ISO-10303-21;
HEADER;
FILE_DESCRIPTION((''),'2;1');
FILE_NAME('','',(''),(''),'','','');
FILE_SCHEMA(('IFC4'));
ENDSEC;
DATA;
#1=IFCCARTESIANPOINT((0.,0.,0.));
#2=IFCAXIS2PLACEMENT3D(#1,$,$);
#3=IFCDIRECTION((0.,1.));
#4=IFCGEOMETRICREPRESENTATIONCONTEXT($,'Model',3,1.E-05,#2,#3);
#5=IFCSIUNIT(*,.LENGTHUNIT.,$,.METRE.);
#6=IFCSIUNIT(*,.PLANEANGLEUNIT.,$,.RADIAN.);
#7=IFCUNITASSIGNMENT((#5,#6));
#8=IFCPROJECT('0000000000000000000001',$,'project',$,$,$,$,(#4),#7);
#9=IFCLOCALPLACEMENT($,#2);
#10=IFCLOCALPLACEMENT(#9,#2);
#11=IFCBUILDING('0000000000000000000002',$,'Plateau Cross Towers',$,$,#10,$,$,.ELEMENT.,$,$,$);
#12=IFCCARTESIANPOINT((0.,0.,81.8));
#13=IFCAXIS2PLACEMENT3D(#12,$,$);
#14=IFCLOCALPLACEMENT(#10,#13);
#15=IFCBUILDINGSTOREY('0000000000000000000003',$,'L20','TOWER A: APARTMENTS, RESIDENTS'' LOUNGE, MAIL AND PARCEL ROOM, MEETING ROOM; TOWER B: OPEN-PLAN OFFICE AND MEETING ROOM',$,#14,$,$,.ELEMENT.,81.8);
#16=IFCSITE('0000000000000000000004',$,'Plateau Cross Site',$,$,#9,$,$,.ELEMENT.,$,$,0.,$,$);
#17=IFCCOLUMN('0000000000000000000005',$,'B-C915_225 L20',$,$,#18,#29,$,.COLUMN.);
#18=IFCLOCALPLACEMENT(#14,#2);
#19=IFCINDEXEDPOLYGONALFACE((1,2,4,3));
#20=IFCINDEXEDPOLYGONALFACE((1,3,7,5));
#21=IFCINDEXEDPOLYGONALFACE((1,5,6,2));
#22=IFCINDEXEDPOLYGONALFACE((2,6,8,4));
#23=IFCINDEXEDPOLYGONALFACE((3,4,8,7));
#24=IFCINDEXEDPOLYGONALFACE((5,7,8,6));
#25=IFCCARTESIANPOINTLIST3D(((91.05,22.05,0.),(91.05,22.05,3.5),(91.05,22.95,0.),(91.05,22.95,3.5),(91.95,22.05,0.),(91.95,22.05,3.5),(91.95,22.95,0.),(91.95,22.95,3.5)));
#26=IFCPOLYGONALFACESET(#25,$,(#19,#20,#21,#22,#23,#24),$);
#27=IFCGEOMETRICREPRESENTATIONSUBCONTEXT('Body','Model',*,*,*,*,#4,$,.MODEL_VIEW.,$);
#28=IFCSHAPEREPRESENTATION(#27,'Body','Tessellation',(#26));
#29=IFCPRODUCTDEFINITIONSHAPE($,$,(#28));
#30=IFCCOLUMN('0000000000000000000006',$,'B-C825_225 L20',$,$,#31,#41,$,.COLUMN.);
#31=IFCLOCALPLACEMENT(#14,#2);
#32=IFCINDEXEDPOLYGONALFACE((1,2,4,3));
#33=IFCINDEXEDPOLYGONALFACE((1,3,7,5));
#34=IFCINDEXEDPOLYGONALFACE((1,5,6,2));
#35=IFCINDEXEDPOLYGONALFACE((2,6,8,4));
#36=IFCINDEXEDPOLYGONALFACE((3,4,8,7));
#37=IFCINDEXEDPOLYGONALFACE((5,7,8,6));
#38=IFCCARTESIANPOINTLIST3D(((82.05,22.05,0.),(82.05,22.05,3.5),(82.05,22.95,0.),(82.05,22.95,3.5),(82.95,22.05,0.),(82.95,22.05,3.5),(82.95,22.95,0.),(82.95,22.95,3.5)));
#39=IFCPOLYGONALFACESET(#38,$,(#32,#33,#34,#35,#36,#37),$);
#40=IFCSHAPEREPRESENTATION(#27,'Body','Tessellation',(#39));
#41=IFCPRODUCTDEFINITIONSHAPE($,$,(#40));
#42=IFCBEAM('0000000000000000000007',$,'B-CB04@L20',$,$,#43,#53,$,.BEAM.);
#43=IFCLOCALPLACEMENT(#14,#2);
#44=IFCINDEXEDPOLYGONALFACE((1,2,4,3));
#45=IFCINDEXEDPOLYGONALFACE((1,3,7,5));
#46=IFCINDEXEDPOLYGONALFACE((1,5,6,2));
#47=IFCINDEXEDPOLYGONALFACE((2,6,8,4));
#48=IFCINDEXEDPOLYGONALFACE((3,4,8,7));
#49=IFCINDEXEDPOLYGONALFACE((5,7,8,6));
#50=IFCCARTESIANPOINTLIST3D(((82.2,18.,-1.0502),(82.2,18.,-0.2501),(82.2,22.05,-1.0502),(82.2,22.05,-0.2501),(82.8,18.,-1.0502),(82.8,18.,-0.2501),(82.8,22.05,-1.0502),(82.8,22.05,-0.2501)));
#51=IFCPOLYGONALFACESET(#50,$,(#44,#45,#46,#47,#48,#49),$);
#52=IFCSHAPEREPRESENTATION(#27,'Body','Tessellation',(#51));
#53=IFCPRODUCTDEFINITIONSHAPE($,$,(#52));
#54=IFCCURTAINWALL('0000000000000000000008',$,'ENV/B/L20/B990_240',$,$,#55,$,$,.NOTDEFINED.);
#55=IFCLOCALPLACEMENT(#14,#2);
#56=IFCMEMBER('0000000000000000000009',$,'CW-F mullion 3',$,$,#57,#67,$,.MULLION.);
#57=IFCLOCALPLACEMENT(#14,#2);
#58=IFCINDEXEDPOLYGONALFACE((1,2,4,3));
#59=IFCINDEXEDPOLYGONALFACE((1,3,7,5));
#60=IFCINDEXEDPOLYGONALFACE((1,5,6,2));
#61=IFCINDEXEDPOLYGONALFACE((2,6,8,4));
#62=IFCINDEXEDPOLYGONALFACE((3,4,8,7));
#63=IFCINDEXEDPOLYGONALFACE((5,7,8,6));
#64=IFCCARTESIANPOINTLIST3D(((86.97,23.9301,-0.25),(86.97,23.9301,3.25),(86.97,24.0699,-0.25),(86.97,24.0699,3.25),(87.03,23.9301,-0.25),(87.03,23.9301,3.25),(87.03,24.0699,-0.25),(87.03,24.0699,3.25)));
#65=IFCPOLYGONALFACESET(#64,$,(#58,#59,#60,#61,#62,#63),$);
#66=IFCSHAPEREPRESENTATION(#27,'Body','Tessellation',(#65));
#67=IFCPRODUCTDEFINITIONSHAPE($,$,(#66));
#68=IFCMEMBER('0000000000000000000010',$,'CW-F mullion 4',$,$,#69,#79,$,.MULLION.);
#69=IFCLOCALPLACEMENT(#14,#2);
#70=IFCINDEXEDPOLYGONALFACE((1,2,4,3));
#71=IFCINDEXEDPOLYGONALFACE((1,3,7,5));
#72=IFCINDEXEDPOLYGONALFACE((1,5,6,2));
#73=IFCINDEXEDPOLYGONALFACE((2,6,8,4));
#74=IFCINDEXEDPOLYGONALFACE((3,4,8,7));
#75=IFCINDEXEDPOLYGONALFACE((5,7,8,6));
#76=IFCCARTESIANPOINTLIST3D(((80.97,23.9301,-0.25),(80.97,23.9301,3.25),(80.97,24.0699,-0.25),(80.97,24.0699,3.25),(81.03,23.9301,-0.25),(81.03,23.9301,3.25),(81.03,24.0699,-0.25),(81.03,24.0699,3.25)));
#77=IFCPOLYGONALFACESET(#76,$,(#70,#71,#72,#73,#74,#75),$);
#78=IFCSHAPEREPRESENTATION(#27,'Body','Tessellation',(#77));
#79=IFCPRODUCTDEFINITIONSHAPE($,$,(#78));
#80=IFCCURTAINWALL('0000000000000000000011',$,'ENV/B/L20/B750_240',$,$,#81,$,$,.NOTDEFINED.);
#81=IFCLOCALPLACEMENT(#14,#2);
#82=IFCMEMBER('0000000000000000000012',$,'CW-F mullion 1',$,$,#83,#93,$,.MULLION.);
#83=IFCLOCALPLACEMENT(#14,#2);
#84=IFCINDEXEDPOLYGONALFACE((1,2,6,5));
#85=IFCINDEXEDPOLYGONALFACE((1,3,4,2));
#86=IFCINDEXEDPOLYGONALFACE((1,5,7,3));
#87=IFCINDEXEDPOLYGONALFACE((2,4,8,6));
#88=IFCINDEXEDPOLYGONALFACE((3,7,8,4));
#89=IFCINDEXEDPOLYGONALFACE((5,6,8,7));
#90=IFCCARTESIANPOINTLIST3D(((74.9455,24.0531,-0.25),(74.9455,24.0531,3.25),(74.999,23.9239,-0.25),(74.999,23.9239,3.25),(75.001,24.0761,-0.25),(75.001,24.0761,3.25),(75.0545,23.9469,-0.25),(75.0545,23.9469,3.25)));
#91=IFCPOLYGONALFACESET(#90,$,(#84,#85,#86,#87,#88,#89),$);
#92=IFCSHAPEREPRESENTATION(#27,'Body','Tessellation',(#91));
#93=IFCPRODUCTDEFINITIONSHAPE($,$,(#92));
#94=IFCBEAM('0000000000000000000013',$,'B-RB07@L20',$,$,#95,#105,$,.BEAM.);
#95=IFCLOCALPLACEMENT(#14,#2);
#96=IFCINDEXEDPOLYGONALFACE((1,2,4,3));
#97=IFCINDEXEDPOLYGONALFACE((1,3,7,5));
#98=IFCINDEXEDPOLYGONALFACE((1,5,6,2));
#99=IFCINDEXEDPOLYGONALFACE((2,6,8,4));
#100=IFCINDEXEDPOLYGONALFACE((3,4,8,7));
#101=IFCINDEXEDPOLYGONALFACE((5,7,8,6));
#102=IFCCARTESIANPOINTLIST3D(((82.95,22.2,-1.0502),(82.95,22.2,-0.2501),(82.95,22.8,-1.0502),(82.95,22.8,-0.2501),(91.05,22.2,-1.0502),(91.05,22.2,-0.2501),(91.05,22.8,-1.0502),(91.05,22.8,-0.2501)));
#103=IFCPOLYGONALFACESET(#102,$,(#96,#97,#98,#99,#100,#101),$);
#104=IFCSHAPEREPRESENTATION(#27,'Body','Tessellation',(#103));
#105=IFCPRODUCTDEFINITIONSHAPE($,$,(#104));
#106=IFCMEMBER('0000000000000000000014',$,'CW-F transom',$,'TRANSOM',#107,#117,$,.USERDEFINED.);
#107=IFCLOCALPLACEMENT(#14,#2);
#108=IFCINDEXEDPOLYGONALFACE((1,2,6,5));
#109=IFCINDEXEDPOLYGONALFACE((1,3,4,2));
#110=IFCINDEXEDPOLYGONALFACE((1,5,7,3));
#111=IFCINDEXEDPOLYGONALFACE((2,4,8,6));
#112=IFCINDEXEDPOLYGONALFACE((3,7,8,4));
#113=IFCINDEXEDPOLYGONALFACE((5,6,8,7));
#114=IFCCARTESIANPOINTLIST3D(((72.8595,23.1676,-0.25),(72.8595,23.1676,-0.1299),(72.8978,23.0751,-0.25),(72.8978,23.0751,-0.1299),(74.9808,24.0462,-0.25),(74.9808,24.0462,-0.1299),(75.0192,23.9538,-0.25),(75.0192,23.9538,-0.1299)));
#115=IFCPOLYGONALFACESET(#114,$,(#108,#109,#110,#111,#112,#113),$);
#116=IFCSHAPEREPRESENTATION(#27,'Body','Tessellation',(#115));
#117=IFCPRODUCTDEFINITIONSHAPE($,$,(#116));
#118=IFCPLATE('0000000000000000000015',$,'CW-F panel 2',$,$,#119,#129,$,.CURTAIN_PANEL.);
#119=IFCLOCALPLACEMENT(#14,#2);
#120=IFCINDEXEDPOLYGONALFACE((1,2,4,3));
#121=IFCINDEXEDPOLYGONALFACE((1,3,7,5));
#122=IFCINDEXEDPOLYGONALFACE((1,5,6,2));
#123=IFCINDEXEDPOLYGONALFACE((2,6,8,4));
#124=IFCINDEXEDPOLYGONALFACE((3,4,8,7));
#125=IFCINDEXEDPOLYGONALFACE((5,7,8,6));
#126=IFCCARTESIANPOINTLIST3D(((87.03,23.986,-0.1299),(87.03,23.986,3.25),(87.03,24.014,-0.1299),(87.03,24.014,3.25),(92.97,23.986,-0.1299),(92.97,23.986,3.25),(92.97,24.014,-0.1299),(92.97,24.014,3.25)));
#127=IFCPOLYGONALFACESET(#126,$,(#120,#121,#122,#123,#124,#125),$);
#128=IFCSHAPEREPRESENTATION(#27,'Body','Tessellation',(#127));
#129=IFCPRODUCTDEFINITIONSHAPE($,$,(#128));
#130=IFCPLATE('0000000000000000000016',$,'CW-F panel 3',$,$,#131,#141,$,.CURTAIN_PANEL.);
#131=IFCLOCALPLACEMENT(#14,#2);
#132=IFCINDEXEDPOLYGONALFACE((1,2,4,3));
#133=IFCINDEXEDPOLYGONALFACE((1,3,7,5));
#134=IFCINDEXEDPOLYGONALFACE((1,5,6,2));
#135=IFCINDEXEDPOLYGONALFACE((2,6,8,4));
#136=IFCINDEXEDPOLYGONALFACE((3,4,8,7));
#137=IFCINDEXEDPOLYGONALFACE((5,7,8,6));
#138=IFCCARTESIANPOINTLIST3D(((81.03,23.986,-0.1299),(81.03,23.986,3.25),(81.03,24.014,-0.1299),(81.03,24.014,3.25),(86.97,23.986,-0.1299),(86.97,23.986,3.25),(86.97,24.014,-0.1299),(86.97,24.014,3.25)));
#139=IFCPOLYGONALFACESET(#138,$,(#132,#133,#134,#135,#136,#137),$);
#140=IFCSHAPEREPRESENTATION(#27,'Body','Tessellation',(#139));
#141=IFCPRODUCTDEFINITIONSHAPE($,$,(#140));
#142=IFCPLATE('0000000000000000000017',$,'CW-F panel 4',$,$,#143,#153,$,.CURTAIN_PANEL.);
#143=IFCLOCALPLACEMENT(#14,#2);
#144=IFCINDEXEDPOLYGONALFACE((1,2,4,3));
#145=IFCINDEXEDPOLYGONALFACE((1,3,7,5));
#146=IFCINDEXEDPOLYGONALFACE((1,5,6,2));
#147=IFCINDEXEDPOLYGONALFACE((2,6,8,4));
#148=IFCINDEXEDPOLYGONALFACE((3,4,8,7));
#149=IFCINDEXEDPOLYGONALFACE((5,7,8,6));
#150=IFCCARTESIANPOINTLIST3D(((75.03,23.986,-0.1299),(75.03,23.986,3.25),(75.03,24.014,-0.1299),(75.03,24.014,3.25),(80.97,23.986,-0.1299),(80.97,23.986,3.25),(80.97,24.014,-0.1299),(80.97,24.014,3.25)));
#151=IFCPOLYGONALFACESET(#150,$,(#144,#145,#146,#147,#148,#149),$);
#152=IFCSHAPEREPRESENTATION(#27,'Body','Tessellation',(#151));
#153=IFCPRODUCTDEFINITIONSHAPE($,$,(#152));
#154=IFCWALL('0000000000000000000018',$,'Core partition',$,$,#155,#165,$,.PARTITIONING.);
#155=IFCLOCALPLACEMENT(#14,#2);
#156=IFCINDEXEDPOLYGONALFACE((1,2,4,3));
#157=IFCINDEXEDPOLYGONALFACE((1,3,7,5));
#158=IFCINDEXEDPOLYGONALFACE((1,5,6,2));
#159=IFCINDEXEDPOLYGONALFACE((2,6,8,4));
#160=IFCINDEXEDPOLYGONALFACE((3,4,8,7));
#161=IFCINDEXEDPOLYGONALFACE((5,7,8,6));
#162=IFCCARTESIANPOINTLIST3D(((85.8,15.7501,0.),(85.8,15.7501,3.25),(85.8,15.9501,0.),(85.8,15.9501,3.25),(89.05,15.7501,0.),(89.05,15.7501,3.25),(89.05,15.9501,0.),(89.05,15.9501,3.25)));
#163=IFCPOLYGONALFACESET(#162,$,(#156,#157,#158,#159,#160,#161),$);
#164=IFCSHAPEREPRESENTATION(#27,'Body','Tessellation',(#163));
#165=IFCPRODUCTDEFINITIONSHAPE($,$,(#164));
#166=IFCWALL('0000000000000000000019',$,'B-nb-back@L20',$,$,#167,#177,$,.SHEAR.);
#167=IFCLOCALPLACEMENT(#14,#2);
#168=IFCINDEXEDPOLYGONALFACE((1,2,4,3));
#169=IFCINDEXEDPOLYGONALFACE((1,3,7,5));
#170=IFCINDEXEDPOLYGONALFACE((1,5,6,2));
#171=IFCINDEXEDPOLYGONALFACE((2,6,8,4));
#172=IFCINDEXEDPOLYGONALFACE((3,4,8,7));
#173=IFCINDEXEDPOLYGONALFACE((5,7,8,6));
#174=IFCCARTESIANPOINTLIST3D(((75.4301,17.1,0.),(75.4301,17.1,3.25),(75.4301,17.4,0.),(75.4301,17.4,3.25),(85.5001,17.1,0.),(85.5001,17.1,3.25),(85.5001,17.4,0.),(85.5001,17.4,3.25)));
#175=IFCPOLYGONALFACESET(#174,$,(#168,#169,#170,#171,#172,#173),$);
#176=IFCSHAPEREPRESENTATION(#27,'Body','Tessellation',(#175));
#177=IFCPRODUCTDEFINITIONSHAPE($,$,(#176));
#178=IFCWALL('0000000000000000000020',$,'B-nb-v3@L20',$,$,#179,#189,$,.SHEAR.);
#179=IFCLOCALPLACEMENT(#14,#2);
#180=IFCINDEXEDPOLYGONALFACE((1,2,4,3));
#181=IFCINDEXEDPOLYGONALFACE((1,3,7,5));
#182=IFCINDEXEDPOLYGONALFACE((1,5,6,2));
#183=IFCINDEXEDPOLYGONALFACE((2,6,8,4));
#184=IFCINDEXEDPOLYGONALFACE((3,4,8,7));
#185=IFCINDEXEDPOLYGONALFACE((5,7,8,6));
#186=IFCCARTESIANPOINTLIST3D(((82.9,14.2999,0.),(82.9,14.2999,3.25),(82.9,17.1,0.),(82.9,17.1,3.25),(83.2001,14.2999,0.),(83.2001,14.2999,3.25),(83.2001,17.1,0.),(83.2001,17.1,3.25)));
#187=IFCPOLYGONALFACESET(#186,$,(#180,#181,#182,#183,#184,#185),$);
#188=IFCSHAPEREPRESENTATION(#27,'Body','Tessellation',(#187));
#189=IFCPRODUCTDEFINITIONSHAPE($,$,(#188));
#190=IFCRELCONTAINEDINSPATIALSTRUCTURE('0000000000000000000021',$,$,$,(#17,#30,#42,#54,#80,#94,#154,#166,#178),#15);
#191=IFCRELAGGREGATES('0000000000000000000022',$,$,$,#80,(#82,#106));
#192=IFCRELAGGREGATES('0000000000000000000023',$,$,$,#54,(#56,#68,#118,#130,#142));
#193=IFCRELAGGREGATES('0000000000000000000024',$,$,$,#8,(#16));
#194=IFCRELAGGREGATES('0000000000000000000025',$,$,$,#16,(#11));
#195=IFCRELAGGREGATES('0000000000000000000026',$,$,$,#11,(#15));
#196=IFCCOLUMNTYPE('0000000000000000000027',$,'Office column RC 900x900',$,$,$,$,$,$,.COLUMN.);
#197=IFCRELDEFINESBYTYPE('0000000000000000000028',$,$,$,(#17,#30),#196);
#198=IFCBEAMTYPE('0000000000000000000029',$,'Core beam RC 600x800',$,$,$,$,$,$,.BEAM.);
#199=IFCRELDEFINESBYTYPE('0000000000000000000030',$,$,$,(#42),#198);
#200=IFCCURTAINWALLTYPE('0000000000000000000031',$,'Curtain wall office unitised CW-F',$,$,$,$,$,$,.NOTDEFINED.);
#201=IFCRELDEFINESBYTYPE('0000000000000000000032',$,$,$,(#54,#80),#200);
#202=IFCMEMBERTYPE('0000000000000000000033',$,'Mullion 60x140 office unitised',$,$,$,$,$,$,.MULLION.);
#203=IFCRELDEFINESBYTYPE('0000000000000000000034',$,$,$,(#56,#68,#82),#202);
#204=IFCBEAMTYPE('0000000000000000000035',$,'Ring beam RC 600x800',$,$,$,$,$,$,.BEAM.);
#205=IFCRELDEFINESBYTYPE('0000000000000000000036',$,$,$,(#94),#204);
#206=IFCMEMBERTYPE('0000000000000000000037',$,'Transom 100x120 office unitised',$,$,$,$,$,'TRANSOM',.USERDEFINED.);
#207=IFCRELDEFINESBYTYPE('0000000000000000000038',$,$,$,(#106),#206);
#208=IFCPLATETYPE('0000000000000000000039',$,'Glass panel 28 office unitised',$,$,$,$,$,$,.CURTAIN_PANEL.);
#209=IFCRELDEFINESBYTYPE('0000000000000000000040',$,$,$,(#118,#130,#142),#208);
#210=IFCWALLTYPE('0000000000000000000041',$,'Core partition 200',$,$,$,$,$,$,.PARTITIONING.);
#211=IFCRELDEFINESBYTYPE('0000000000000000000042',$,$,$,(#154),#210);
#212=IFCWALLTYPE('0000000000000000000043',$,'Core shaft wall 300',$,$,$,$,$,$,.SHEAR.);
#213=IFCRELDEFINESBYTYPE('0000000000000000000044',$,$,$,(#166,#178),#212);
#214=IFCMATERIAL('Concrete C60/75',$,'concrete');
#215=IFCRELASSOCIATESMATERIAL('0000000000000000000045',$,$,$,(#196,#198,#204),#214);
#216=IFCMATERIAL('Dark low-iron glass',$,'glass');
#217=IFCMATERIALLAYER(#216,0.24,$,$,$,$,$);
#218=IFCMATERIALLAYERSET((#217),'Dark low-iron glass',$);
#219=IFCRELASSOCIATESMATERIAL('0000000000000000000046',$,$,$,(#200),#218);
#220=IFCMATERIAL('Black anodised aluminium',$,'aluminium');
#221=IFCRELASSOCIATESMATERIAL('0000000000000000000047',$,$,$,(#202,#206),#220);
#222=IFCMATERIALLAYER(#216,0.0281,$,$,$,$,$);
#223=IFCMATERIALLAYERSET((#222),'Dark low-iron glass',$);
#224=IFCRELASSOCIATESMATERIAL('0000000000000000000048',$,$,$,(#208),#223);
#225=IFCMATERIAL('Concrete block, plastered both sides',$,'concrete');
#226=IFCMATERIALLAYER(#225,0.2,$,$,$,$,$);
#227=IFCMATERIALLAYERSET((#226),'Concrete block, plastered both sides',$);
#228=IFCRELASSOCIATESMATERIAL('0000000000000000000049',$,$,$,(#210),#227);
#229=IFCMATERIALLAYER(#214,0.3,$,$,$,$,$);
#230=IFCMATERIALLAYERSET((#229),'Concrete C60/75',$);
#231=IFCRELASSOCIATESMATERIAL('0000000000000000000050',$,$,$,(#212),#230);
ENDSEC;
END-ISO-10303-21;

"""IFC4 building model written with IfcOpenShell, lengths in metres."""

from ifc_helpers import new_model, si_unit, direction, frame, frame_2d, origin, origin_2d, place, context, subcontext, project, spatial, rectangle, extrude, material, layer, layer_set, material_profile, profile_set, type_object, element, aggregate, save


model = new_model("IFC4")

# Units and contexts
model_context = context("Model", 3, precision=1e-05, world=origin(), true_north=direction((0.0, 1.0)))
body_context = subcontext(model_context, "Body", "Model", "MODEL_VIEW")
ifc_project = project(units=[si_unit("LENGTHUNIT", "METRE"), si_unit("PLANEANGLEUNIT", "RADIAN")], contexts=[model_context])

# Site, building, storey
site_placement = place(None, origin())
site = spatial("IfcSite", under=ifc_project, at=site_placement, Name="Plateau Cross Site", CompositionType="ELEMENT", RefElevation=0.0)
building_placement = place(site_placement, origin())
building = spatial("IfcBuilding", under=site, at=building_placement, Name="Plateau Cross Towers", CompositionType="ELEMENT")
storey_placement = place(building_placement, frame((0.0, 0.0, 81.8)))
storey = spatial("IfcBuildingStorey", under=building, at=storey_placement, Name="L20", Description="TOWER A: APARTMENTS, RESIDENTS' LOUNGE, MAIL AND PARCEL ROOM, MEETING ROOM; TOWER B: OPEN-PLAN OFFICE AND MEETING ROOM", CompositionType="ELEMENT", Elevation=81.8)

# Columns
ifc_material_1 = material(Name="Concrete C60/75", Category="concrete")
ifc_material_profile_1 = material_profile(ifc_material_1, rectangle(XDim=0.8999, YDim=0.8999, at=origin_2d()), Name="RC 900x900")
ifc_profile_set_1 = profile_set([ifc_material_profile_1], Name="Concrete C60/75")
column_type = type_object("IfcColumnType", Name="Office column RC 900x900", PredefinedType="COLUMN", material=ifc_profile_set_1)
for number, where, z_axis, x_axis, name in (
    (1, (91.5, 22.5, 0.0), (0.0, 0.0, 1.0), (1.0, 0.0, 0.0), "B-C915_225 L20"),
    (2, (82.5, 22.5, 0.0), (0.0, 0.0, 1.0), (1.0, 0.0, 0.0), "B-C825_225 L20"),
):
    element("IfcColumn", number, at=place(storey_placement, frame(where, z_axis=z_axis, x_axis=x_axis)), inside=storey, type_object=column_type, Name=name, PredefinedType="COLUMN", context=body_context, shape_type="SweptSolid", body=[
        extrude(rectangle(XDim=0.8999, YDim=0.8999, at=origin_2d()), origin(), (0.0, 0.0, 1.0), 3.5),
    ])

# Beam
ifc_material_profile_2 = material_profile(ifc_material_1, rectangle(XDim=0.6001, YDim=0.8, at=origin_2d()), Name="RC 600x800")
ifc_profile_set_2 = profile_set([ifc_material_profile_2], Name="Concrete C60/75")
beam_type_1 = type_object("IfcBeamType", Name="Core beam RC 600x800", PredefinedType="BEAM", material=ifc_profile_set_2)
beam_1_placement = place(storey_placement, frame((82.5, 18.0, -0.6501), z_axis=(0.0, 1.0, 0.0), x_axis=(-1.0, 0.0, 0.0)))
element("IfcBeam", 3, at=beam_1_placement, inside=storey, type_object=beam_type_1, Name="B-CB04@L20", PredefinedType="BEAM", context=body_context, shape_type="SweptSolid", body=[
    extrude(rectangle(XDim=0.6001, YDim=0.8, at=origin_2d()), origin(), (0.0, 0.0, 1.0), 4.05),
])

# Curtain wall, members
ifc_material_2 = material(Name="Dark low-iron glass", Category="glass")
ifc_layer_1 = layer(ifc_material_2, 0.24)
ifc_layer_set_1 = layer_set([ifc_layer_1], Name="Dark low-iron glass")
curtain_wall_type = type_object("IfcCurtainWallType", Name="Curtain wall office unitised CW-F", PredefinedType="NOTDEFINED", material=ifc_layer_set_1)
curtain_wall_1_placement = place(storey_placement, origin())
curtain_wall_1 = element("IfcCurtainWall", 4, at=curtain_wall_1_placement, inside=storey, type_object=curtain_wall_type, Name="ENV/B/L20/B990_240", PredefinedType="NOTDEFINED")
ifc_material_3 = material(Name="Black anodised aluminium", Category="aluminium")
ifc_material_profile_3 = material_profile(ifc_material_3, rectangle(XDim=0.0601, YDim=0.1399, at=origin_2d()), Name="MULLION 60x140")
ifc_profile_set_3 = profile_set([ifc_material_profile_3], Name="Black anodised aluminium")
member_type_1 = type_object("IfcMemberType", Name="Mullion 60x140 office unitised", PredefinedType="MULLION", material=ifc_profile_set_3)
member_1_placement = place(storey_placement, frame((87.0, 24.0, -0.25), z_axis=(0.0, 0.0, 1.0), x_axis=(-1.0, 0.0, 0.0)))
member_1 = element("IfcMember", 5, at=member_1_placement, type_object=member_type_1, Name="CW-F mullion 3", PredefinedType="MULLION", context=body_context, shape_type="SweptSolid", body=[
    extrude(rectangle(XDim=0.0601, YDim=0.1399, at=origin_2d()), origin(), (0.0, 0.0, 1.0), 3.5),
])
member_2_placement = place(storey_placement, frame((81.0, 24.0, -0.25), z_axis=(0.0, 0.0, 1.0), x_axis=(-1.0, 0.0, 0.0)))
member_2 = element("IfcMember", 6, at=member_2_placement, type_object=member_type_1, Name="CW-F mullion 4", PredefinedType="MULLION", context=body_context, shape_type="SweptSolid", body=[
    extrude(rectangle(XDim=0.0601, YDim=0.1399, at=origin_2d()), origin(), (0.0, 0.0, 1.0), 3.5),
])

# Curtain wall, member
curtain_wall_2_placement = place(storey_placement, origin())
curtain_wall_2 = element("IfcCurtainWall", 7, at=curtain_wall_2_placement, inside=storey, type_object=curtain_wall_type, Name="ENV/B/L20/B750_240", PredefinedType="NOTDEFINED")
member_3_placement = place(storey_placement, frame((75.0, 24.0, -0.25), z_axis=(0.0, 0.0, 1.0), x_axis=(-0.923879, -0.382684, 0.0)))
member_3 = element("IfcMember", 8, at=member_3_placement, type_object=member_type_1, Name="CW-F mullion 1", PredefinedType="MULLION", context=body_context, shape_type="SweptSolid", body=[
    extrude(rectangle(XDim=0.0601, YDim=0.1399, at=origin_2d()), origin(), (0.0, 0.0, 1.0), 3.5),
])

# Beam
ifc_material_profile_4 = material_profile(ifc_material_1, rectangle(XDim=0.6001, YDim=0.8, at=origin_2d()), Name="RC 600x800")
ifc_profile_set_4 = profile_set([ifc_material_profile_4], Name="Concrete C60/75")
beam_type_2 = type_object("IfcBeamType", Name="Ring beam RC 600x800", PredefinedType="BEAM", material=ifc_profile_set_4)
beam_2_placement = place(storey_placement, frame((91.05, 22.5, -0.6501), z_axis=(-1.0, 0.0, 0.0), x_axis=(0.0, -1.0, 0.0)))
element("IfcBeam", 9, at=beam_2_placement, inside=storey, type_object=beam_type_2, Name="B-RB07@L20", PredefinedType="BEAM", context=body_context, shape_type="SweptSolid", body=[
    extrude(rectangle(XDim=0.6001, YDim=0.8, at=origin_2d()), origin(), (0.0, 0.0, 1.0), 8.1001),
])

# Member
ifc_material_profile_5 = material_profile(ifc_material_3, rectangle(XDim=0.1001, YDim=0.1201, at=origin_2d()), Name="TRANSOM 100x120")
ifc_profile_set_5 = profile_set([ifc_material_profile_5], Name="Black anodised aluminium")
member_type_2 = type_object("IfcMemberType", Name="Transom 100x120 office unitised", ElementType="TRANSOM", PredefinedType="USERDEFINED", material=ifc_profile_set_5)
member_4_placement = place(storey_placement, frame((75.0, 24.0, -0.1899), z_axis=(-0.923883, -0.382674, 0.0), x_axis=(0.382674, -0.923883, 0.0)))
member_4 = element("IfcMember", 10, at=member_4_placement, type_object=member_type_2, Name="CW-F transom", ObjectType="TRANSOM", PredefinedType="USERDEFINED", context=body_context, shape_type="SweptSolid", body=[
    extrude(rectangle(XDim=0.1001, YDim=0.1201, at=origin_2d()), origin(), (0.0, 0.0, 1.0), 2.2961),
])
aggregate(curtain_wall_2, [member_3, member_4])

# Plates
ifc_layer_2 = layer(ifc_material_2, 0.0281)
ifc_layer_set_2 = layer_set([ifc_layer_2], Name="Dark low-iron glass")
plate_type = type_object("IfcPlateType", Name="Glass panel 28 office unitised", PredefinedType="CURTAIN_PANEL", material=ifc_layer_set_2)
plate_1_placement = place(storey_placement, frame((90.0, 24.0, -0.1299), z_axis=(0.0, 0.0, 1.0), x_axis=(-1.0, 0.0, 0.0)))
plate_1 = element("IfcPlate", 11, at=plate_1_placement, type_object=plate_type, Name="CW-F panel 2", PredefinedType="CURTAIN_PANEL", context=body_context, shape_type="SweptSolid", body=[
    extrude(rectangle(XDim=5.9399, YDim=0.0281, at=origin_2d()), origin(), (0.0, 0.0, 1.0), 3.3799),
])
plate_2_placement = place(storey_placement, frame((84.0, 24.0, -0.1299), z_axis=(0.0, 0.0, 1.0), x_axis=(-1.0, 0.0, 0.0)))
plate_2 = element("IfcPlate", 12, at=plate_2_placement, type_object=plate_type, Name="CW-F panel 3", PredefinedType="CURTAIN_PANEL", context=body_context, shape_type="SweptSolid", body=[
    extrude(rectangle(XDim=5.9399, YDim=0.0281, at=origin_2d()), origin(), (0.0, 0.0, 1.0), 3.3799),
])
plate_3_placement = place(storey_placement, frame((78.0, 24.0, -0.1299), z_axis=(0.0, 0.0, 1.0), x_axis=(-1.0, 0.0, 0.0)))
plate_3 = element("IfcPlate", 13, at=plate_3_placement, type_object=plate_type, Name="CW-F panel 4", PredefinedType="CURTAIN_PANEL", context=body_context, shape_type="SweptSolid", body=[
    extrude(rectangle(XDim=5.9399, YDim=0.0281, at=origin_2d()), origin(), (0.0, 0.0, 1.0), 3.3799),
])
aggregate(curtain_wall_1, [member_1, member_2, plate_1, plate_2, plate_3])

# Walls
ifc_material_4 = material(Name="Concrete block, plastered both sides", Category="concrete")
ifc_layer_3 = layer(ifc_material_4, 0.2)
ifc_layer_set_3 = layer_set([ifc_layer_3], Name="Concrete block, plastered both sides")
wall_type_1 = type_object("IfcWallType", Name="Core partition 200", PredefinedType="PARTITIONING", material=ifc_layer_set_3)
wall_1_placement = place(storey_placement, frame((85.8, 15.8501, 0.0), z_axis=(0.0, 0.0, 1.0), x_axis=(1.0, 0.0, 0.0)))
element("IfcWall", 14, at=wall_1_placement, inside=storey, type_object=wall_type_1, Name="Core partition", PredefinedType="PARTITIONING", context=body_context, shape_type="SweptSolid", body=[
    extrude(rectangle(XDim=3.25, YDim=0.2, at=frame_2d((1.625, 0.0))), origin(), (0.0, 0.0, 1.0), 3.25),
])
ifc_layer_4 = layer(ifc_material_1, 0.3)
ifc_layer_set_4 = layer_set([ifc_layer_4], Name="Concrete C60/75")
wall_type_2 = type_object("IfcWallType", Name="Core shaft wall 300", PredefinedType="SHEAR", material=ifc_layer_set_4)
wall_2_placement = place(storey_placement, frame((75.4299, 17.25, 0.0), z_axis=(0.0, 0.0, 1.0), x_axis=(1.0, 0.0, 0.0)))
element("IfcWall", 15, at=wall_2_placement, inside=storey, type_object=wall_type_2, Name="B-nb-back@L20", PredefinedType="SHEAR", context=body_context, shape_type="SweptSolid", body=[
    extrude(rectangle(XDim=10.0701, YDim=0.3, at=frame_2d((5.0352, 0.0))), origin(), (0.0, 0.0, 1.0), 3.25),
])
for number, where, z_axis, x_axis, name in (
    (16, (83.05, 14.3, 0.0), (0.0, 0.0, 1.0), (0.0, 1.0, 0.0), "B-nb-v3@L20"),
):
    element("IfcWall", number, at=place(storey_placement, frame(where, z_axis=z_axis, x_axis=x_axis)), inside=storey, type_object=wall_type_2, Name=name, PredefinedType="SHEAR", context=body_context, shape_type="SweptSolid", body=[
        extrude(rectangle(XDim=2.8, YDim=0.3, at=frame_2d((1.3999, 0.0))), origin(), (0.0, 0.0, 1.0), 3.25),
    ])

save(model, "model.ifc")
